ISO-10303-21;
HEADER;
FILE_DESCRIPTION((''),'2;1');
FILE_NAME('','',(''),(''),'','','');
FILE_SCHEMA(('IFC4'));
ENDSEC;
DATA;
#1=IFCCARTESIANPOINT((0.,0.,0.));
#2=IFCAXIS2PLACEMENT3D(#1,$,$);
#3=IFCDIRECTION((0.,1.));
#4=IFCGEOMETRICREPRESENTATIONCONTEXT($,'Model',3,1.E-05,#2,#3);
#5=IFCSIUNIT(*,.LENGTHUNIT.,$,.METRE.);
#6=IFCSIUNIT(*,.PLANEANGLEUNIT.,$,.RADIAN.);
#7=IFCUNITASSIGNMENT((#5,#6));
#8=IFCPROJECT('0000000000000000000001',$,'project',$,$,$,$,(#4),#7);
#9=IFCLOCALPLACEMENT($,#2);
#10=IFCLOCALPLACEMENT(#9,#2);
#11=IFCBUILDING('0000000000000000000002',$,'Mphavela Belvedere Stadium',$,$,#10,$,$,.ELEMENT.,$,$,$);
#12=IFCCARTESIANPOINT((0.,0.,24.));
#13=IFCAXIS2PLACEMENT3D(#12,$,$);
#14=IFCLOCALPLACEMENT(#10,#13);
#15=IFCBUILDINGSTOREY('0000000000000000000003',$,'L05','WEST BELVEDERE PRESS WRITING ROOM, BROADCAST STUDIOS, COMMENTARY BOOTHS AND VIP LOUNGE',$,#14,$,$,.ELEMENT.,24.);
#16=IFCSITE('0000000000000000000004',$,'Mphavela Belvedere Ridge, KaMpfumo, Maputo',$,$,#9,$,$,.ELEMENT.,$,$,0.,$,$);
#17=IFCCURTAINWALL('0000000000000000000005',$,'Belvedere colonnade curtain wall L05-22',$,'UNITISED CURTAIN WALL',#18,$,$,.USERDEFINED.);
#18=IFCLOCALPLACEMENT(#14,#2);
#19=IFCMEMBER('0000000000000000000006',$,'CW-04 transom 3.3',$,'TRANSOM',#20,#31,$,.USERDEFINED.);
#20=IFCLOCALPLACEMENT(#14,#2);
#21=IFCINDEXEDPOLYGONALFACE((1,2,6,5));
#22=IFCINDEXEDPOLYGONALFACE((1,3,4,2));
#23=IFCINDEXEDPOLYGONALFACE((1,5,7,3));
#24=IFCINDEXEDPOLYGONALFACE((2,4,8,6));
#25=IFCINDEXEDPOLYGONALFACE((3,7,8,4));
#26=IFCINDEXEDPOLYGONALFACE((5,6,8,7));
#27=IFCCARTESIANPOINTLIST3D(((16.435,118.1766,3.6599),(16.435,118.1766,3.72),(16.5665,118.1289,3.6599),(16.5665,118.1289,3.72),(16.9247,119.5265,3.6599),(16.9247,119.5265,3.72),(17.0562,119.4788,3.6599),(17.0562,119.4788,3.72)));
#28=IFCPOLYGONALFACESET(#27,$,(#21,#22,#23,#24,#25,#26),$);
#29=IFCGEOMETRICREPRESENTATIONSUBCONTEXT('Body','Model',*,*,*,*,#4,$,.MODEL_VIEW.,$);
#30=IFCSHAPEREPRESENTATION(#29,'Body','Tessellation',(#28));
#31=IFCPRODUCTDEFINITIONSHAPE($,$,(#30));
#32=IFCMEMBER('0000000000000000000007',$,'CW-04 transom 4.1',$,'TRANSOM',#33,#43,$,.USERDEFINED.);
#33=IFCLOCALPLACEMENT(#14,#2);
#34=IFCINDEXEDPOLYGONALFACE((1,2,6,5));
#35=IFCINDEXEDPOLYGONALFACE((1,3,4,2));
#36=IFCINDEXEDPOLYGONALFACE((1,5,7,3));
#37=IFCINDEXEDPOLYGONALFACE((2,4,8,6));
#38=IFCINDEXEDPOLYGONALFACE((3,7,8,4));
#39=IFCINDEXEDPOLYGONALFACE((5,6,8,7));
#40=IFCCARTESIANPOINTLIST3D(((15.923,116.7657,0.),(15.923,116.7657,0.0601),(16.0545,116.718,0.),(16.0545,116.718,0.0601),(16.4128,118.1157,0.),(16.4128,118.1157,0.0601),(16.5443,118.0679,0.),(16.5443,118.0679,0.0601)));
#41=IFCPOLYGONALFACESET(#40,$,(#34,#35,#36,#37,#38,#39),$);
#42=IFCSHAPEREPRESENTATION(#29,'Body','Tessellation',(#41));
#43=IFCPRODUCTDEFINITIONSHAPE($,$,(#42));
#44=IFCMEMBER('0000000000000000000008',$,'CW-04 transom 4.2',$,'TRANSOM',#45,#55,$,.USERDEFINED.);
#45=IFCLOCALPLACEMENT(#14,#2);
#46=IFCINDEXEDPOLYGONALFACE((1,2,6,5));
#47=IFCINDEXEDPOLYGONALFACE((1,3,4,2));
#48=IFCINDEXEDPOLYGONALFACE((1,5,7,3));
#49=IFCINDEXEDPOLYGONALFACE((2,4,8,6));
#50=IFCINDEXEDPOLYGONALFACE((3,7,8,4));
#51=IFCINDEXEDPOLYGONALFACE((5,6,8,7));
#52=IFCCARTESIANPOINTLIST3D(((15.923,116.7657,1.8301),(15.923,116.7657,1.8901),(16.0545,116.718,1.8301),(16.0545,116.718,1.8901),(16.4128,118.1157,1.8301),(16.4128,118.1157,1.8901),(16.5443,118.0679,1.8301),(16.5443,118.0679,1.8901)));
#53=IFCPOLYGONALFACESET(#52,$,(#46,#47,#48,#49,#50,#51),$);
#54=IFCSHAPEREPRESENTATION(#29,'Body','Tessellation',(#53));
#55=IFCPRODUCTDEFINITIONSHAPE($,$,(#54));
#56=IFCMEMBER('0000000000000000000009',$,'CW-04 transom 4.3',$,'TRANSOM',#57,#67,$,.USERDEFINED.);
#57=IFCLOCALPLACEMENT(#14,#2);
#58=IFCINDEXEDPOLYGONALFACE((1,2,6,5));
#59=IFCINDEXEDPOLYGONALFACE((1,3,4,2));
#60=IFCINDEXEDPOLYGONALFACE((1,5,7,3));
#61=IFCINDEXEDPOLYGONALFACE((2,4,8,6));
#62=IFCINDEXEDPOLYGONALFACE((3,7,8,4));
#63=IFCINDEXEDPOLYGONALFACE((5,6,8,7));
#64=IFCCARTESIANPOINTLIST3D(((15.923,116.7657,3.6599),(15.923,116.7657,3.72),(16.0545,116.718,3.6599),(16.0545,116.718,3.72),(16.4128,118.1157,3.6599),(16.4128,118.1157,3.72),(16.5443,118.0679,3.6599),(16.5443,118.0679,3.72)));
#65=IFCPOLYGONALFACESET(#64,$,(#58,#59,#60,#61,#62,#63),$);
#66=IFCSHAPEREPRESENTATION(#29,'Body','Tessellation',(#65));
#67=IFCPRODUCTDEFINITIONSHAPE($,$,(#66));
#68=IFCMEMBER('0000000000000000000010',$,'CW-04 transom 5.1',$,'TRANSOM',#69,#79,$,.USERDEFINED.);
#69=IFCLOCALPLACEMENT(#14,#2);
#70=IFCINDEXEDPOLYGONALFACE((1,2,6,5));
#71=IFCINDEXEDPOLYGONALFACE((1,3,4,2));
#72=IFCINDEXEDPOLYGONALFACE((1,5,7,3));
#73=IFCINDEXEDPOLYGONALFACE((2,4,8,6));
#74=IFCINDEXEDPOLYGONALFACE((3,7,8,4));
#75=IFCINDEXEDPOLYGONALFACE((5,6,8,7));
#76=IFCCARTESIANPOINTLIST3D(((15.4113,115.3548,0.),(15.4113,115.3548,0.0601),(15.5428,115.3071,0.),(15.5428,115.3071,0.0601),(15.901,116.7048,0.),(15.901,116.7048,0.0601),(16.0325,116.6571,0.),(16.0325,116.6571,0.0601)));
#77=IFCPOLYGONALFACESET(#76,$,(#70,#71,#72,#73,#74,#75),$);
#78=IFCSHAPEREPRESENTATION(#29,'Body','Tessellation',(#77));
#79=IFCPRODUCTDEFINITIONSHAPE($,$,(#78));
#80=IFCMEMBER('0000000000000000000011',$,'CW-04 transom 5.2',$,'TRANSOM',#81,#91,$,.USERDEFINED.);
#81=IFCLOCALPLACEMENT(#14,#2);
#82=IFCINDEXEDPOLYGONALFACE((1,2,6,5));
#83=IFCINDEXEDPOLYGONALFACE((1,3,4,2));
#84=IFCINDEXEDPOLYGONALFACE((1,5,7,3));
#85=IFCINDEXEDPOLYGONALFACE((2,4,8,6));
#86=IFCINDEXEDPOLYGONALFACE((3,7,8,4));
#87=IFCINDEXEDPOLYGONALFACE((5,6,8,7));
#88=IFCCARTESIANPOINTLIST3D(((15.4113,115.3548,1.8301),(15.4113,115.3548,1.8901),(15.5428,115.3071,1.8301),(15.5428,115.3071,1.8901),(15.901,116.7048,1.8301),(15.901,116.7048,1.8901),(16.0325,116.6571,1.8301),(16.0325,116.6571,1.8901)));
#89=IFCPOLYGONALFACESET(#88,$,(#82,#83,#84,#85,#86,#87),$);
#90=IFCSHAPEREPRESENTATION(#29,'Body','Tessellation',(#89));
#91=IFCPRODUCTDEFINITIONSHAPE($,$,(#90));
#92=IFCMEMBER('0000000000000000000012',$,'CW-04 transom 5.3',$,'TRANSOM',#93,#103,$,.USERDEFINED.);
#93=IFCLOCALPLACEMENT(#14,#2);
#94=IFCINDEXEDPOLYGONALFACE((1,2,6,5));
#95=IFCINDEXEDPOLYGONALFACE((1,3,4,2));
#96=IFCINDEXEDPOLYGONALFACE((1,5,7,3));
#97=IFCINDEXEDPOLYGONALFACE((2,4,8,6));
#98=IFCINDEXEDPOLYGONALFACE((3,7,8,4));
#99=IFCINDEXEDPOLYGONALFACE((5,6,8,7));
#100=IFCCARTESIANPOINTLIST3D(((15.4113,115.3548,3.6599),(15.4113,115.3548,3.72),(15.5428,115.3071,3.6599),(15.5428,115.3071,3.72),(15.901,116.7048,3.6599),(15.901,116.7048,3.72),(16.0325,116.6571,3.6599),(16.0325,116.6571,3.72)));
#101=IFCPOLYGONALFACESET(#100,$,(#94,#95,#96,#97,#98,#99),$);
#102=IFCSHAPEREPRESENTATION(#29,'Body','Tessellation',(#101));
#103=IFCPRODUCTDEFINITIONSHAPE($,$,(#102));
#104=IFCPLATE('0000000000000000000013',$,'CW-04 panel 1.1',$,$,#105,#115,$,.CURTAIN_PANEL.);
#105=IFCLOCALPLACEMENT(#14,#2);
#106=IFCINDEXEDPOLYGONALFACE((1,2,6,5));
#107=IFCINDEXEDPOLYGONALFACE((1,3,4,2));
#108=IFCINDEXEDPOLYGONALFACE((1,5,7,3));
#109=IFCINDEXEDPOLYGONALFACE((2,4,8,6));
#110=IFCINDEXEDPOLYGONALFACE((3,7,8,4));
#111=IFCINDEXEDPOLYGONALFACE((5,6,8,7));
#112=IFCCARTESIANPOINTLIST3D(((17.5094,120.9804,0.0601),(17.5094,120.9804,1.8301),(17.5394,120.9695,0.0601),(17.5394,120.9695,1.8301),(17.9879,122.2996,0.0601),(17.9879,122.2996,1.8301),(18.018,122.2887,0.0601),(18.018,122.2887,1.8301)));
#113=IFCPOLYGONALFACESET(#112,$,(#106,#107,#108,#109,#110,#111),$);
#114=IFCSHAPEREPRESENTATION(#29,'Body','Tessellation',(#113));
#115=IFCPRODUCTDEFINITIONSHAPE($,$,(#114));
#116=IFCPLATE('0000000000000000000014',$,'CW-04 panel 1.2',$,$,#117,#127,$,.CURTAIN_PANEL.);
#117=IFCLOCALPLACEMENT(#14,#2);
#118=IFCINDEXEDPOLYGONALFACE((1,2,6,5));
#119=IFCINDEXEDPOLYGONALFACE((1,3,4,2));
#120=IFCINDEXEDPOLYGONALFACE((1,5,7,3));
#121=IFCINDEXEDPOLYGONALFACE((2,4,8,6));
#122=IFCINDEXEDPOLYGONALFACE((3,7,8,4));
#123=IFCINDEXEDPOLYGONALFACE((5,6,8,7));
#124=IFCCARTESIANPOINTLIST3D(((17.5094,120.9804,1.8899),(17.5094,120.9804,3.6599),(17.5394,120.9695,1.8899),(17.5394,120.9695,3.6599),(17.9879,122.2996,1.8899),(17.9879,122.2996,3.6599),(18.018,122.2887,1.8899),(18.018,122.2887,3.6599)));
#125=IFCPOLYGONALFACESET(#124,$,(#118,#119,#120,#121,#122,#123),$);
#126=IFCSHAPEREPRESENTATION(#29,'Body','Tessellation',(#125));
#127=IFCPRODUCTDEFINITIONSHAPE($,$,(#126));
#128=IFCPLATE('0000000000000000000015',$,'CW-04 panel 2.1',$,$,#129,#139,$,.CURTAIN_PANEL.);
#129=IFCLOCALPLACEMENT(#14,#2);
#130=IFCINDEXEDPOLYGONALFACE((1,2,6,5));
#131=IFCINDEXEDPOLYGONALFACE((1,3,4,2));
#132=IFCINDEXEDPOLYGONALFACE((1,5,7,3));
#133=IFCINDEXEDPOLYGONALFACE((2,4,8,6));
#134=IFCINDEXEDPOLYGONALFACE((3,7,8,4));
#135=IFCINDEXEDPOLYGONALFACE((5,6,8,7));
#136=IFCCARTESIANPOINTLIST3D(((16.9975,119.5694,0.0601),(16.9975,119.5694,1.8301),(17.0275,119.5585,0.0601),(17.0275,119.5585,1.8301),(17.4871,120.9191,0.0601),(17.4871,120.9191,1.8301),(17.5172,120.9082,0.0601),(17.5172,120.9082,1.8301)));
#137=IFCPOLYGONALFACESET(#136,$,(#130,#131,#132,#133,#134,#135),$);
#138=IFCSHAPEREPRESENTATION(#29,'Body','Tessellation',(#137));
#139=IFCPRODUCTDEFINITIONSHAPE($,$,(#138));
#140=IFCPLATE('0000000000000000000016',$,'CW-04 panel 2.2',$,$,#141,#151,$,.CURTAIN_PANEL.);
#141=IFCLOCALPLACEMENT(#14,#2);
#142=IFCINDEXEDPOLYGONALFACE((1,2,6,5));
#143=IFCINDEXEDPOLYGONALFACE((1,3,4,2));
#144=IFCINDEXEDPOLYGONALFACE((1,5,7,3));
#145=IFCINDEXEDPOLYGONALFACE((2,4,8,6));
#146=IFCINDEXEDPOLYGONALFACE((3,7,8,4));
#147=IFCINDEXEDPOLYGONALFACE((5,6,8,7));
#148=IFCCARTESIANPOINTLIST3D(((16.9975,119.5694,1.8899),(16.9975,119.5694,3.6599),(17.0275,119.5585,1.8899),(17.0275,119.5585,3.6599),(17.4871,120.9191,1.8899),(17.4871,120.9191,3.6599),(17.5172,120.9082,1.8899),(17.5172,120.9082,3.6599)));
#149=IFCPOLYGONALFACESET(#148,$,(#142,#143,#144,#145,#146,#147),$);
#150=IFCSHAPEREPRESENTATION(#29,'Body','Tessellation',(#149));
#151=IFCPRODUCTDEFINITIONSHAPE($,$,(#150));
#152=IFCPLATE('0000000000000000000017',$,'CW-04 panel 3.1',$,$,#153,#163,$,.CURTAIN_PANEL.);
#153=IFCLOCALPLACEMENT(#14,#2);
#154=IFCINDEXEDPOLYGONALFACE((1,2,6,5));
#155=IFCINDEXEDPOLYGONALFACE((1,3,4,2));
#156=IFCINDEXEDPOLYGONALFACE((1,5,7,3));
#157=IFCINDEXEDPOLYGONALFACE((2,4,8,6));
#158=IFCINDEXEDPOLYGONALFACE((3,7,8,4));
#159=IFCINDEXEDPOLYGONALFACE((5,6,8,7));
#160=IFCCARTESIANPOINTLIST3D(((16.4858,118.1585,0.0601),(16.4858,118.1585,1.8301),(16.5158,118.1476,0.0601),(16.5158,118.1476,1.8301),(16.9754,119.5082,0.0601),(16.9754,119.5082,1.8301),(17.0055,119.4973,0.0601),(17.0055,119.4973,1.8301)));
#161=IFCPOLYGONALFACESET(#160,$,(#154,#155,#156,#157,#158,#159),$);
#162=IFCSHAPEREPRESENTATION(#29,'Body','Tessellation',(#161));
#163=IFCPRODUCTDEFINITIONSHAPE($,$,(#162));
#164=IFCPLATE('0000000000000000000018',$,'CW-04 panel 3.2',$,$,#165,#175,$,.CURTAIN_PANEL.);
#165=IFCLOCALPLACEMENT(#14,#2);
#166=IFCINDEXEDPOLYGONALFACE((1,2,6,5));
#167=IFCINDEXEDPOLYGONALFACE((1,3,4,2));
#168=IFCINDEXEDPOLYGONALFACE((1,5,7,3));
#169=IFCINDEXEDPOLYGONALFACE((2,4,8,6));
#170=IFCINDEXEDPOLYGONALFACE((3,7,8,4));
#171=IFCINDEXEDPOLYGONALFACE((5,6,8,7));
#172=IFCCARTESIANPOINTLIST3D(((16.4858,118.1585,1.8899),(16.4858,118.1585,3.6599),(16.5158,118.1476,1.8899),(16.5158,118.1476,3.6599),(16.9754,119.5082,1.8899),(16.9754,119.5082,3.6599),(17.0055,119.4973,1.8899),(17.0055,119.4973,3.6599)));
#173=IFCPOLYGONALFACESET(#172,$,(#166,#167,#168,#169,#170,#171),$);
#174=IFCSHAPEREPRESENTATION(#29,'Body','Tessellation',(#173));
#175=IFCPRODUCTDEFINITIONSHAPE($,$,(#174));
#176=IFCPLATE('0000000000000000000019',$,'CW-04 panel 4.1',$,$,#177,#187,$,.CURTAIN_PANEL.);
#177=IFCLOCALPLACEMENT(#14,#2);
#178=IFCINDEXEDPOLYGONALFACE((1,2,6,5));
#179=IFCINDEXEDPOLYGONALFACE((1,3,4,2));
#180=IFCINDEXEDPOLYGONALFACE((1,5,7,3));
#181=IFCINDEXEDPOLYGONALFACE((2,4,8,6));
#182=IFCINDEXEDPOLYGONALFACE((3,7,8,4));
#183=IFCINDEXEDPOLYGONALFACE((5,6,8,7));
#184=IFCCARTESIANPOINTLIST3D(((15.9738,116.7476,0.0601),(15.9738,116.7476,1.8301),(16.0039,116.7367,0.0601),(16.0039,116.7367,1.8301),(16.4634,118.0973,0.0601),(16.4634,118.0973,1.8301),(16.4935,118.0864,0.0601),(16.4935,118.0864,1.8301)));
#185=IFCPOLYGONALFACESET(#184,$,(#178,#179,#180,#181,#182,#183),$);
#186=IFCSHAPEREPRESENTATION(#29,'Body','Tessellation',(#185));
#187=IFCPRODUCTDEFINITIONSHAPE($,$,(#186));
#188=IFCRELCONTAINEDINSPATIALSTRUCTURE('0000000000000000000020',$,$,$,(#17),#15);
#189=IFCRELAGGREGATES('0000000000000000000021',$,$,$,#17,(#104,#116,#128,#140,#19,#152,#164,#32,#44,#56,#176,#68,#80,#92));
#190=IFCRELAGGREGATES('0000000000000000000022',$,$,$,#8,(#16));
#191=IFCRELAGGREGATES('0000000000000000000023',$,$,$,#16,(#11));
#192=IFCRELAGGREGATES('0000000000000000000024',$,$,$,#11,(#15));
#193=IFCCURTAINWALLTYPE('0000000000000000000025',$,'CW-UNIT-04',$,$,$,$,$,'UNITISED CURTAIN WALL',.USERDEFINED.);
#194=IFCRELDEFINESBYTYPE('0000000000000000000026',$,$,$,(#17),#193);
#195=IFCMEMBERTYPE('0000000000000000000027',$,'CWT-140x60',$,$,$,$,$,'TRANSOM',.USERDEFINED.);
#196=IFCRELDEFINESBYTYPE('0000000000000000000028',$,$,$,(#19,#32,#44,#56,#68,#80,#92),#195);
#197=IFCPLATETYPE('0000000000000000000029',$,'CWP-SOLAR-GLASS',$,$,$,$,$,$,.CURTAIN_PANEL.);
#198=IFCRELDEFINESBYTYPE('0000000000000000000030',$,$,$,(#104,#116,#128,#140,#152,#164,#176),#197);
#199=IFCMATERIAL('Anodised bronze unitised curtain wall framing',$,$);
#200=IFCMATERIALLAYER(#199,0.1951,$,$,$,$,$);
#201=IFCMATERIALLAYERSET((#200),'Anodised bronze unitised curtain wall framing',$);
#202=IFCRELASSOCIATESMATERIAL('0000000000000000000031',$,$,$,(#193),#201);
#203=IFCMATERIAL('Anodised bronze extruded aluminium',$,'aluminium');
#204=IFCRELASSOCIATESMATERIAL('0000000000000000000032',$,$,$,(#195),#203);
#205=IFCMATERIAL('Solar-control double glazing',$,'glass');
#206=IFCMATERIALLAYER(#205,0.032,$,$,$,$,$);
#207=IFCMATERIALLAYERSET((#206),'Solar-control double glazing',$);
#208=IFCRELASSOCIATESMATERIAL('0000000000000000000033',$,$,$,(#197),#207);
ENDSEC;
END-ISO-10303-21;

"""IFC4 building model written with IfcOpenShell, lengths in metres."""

from ifc_helpers import new_model, si_unit, direction, frame, origin, origin_2d, place, context, subcontext, project, spatial, rectangle, extrude, material, layer, layer_set, material_profile, profile_set, type_object, element, aggregate, save


model = new_model("IFC4")

# Units and contexts
model_context = context("Model", 3, precision=1e-05, world=origin(), true_north=direction((0.0, 1.0)))
body_context = subcontext(model_context, "Body", "Model", "MODEL_VIEW")
ifc_project = project(units=[si_unit("LENGTHUNIT", "METRE"), si_unit("PLANEANGLEUNIT", "RADIAN")], contexts=[model_context])

# Site, building, storey
site_placement = place(None, origin())
site = spatial("IfcSite", under=ifc_project, at=site_placement, Name="Mphavela Belvedere Ridge, KaMpfumo, Maputo", CompositionType="ELEMENT", RefElevation=0.0)
building_placement = place(site_placement, origin())
building = spatial("IfcBuilding", under=site, at=building_placement, Name="Mphavela Belvedere Stadium", CompositionType="ELEMENT")
storey_placement = place(building_placement, frame((0.0, 0.0, 24.0)))
storey = spatial("IfcBuildingStorey", under=building, at=storey_placement, Name="L05", Description="WEST BELVEDERE PRESS WRITING ROOM, BROADCAST STUDIOS, COMMENTARY BOOTHS AND VIP LOUNGE", CompositionType="ELEMENT", Elevation=24.0)

# Curtain wall, members, plates
ifc_material_1 = material(Name="Anodised bronze unitised curtain wall framing")
ifc_layer_1 = layer(ifc_material_1, 0.1951)
ifc_layer_set_1 = layer_set([ifc_layer_1], Name="Anodised bronze unitised curtain wall framing")
curtain_wall_type = type_object("IfcCurtainWallType", Name="CW-UNIT-04", ElementType="UNITISED CURTAIN WALL", PredefinedType="USERDEFINED", material=ifc_layer_set_1)
curtain_wall_placement = place(storey_placement, origin())
curtain_wall = element("IfcCurtainWall", 1, at=curtain_wall_placement, inside=storey, type_object=curtain_wall_type, Name="Belvedere colonnade curtain wall L05-22", ObjectType="UNITISED CURTAIN WALL", PredefinedType="USERDEFINED")
ifc_material_2 = material(Name="Anodised bronze extruded aluminium", Category="aluminium")
ifc_material_profile_1 = material_profile(ifc_material_2, rectangle(XDim=0.1399, YDim=0.0601, at=origin_2d()), Name="CW-TRN 140x60")
ifc_profile_set_1 = profile_set([ifc_material_profile_1], Name="Anodised bronze extruded aluminium")
member_type_1 = type_object("IfcMemberType", Name="CWT-140x60", ElementType="TRANSOM", PredefinedType="USERDEFINED", material=ifc_profile_set_1)
member_1_placement = place(storey_placement, frame((16.9905, 119.5027, 3.6899), z_axis=(-0.34106, -0.940041, 0.0), x_axis=(0.940041, -0.34106, 0.0)))
member_1 = element("IfcMember", 2, at=member_1_placement, type_object=member_type_1, Name="CW-04 transom 3.3", ObjectType="TRANSOM", PredefinedType="USERDEFINED", context=body_context, shape_type="SweptSolid", body=[
    extrude(rectangle(XDim=0.1399, YDim=0.0601, at=origin_2d()), origin(), (0.0, 0.0, 1.0), 1.436),
])
member_2_placement = place(storey_placement, frame((16.4785, 118.0918, 0.03), z_axis=(-0.34106, -0.940041, 0.0), x_axis=(0.940041, -0.34106, 0.0)))
member_2 = element("IfcMember", 3, at=member_2_placement, type_object=member_type_1, Name="CW-04 transom 4.1", ObjectType="TRANSOM", PredefinedType="USERDEFINED", context=body_context, shape_type="SweptSolid", body=[
    extrude(rectangle(XDim=0.1399, YDim=0.0601, at=origin_2d()), origin(), (0.0, 0.0, 1.0), 1.436),
])
member_3_placement = place(storey_placement, frame((16.4785, 118.0918, 1.8601), z_axis=(-0.34106, -0.940041, 0.0), x_axis=(0.940041, -0.34106, 0.0)))
member_3 = element("IfcMember", 4, at=member_3_placement, type_object=member_type_1, Name="CW-04 transom 4.2", ObjectType="TRANSOM", PredefinedType="USERDEFINED", context=body_context, shape_type="SweptSolid", body=[
    extrude(rectangle(XDim=0.1399, YDim=0.0601, at=origin_2d()), origin(), (0.0, 0.0, 1.0), 1.436),
])
member_4_placement = place(storey_placement, frame((16.4785, 118.0918, 3.6899), z_axis=(-0.34106, -0.940041, 0.0), x_axis=(0.940041, -0.34106, 0.0)))
member_4 = element("IfcMember", 5, at=member_4_placement, type_object=member_type_1, Name="CW-04 transom 4.3", ObjectType="TRANSOM", PredefinedType="USERDEFINED", context=body_context, shape_type="SweptSolid", body=[
    extrude(rectangle(XDim=0.1399, YDim=0.0601, at=origin_2d()), origin(), (0.0, 0.0, 1.0), 1.436),
])
member_5_placement = place(storey_placement, frame((15.9668, 116.6809, 0.03), z_axis=(-0.34106, -0.940041, 0.0), x_axis=(0.940041, -0.34106, 0.0)))
member_5 = element("IfcMember", 6, at=member_5_placement, type_object=member_type_1, Name="CW-04 transom 5.1", ObjectType="TRANSOM", PredefinedType="USERDEFINED", context=body_context, shape_type="SweptSolid", body=[
    extrude(rectangle(XDim=0.1399, YDim=0.0601, at=origin_2d()), origin(), (0.0, 0.0, 1.0), 1.436),
])
member_6_placement = place(storey_placement, frame((15.9668, 116.6809, 1.8601), z_axis=(-0.34106, -0.940041, 0.0), x_axis=(0.940041, -0.34106, 0.0)))
member_6 = element("IfcMember", 7, at=member_6_placement, type_object=member_type_1, Name="CW-04 transom 5.2", ObjectType="TRANSOM", PredefinedType="USERDEFINED", context=body_context, shape_type="SweptSolid", body=[
    extrude(rectangle(XDim=0.1399, YDim=0.0601, at=origin_2d()), origin(), (0.0, 0.0, 1.0), 1.436),
])
member_7_placement = place(storey_placement, frame((15.9668, 116.6809, 3.6899), z_axis=(-0.34106, -0.940041, 0.0), x_axis=(0.940041, -0.34106, 0.0)))
member_7 = element("IfcMember", 8, at=member_7_placement, type_object=member_type_1, Name="CW-04 transom 5.3", ObjectType="TRANSOM", PredefinedType="USERDEFINED", context=body_context, shape_type="SweptSolid", body=[
    extrude(rectangle(XDim=0.1399, YDim=0.0601, at=origin_2d()), origin(), (0.0, 0.0, 1.0), 1.436),
])
ifc_material_3 = material(Name="Solar-control double glazing", Category="glass")
ifc_layer_2 = layer(ifc_material_3, 0.032)
ifc_layer_set_2 = layer_set([ifc_layer_2], Name="Solar-control double glazing")
plate_type = type_object("IfcPlateType", Name="CWP-SOLAR-GLASS", PredefinedType="CURTAIN_PANEL", material=ifc_layer_set_2)
plate_1_placement = place(storey_placement, frame((17.7637, 121.6345, 0.0601), z_axis=(0.0, 0.0, 1.0), x_axis=(-0.341027, -0.940053, 0.0)))
plate_1 = element("IfcPlate", 9, at=plate_1_placement, type_object=plate_type, Name="CW-04 panel 1.1", PredefinedType="CURTAIN_PANEL", context=body_context, shape_type="SweptSolid", body=[
    extrude(rectangle(XDim=1.4033, YDim=0.032, at=origin_2d()), origin(), (0.0, 0.0, 1.0), 1.77),
])
plate_2_placement = place(storey_placement, frame((17.7637, 121.6345, 1.8899), z_axis=(0.0, 0.0, 1.0), x_axis=(-0.341027, -0.940053, 0.0)))
plate_2 = element("IfcPlate", 10, at=plate_2_placement, type_object=plate_type, Name="CW-04 panel 1.2", PredefinedType="CURTAIN_PANEL", context=body_context, shape_type="SweptSolid", body=[
    extrude(rectangle(XDim=1.4033, YDim=0.032, at=origin_2d()), origin(), (0.0, 0.0, 1.0), 1.77),
])
plate_3_placement = place(storey_placement, frame((17.2573, 120.2388, 0.0601), z_axis=(0.0, 0.0, 1.0), x_axis=(-0.341027, -0.940053, 0.0)))
plate_3 = element("IfcPlate", 11, at=plate_3_placement, type_object=plate_type, Name="CW-04 panel 2.1", PredefinedType="CURTAIN_PANEL", context=body_context, shape_type="SweptSolid", body=[
    extrude(rectangle(XDim=1.4358, YDim=0.032, at=origin_2d()), origin(), (0.0, 0.0, 1.0), 1.77),
])
plate_4_placement = place(storey_placement, frame((17.2573, 120.2388, 1.8899), z_axis=(0.0, 0.0, 1.0), x_axis=(-0.341027, -0.940053, 0.0)))
plate_4 = element("IfcPlate", 12, at=plate_4_placement, type_object=plate_type, Name="CW-04 panel 2.2", PredefinedType="CURTAIN_PANEL", context=body_context, shape_type="SweptSolid", body=[
    extrude(rectangle(XDim=1.4358, YDim=0.032, at=origin_2d()), origin(), (0.0, 0.0, 1.0), 1.77),
])
plate_5_placement = place(storey_placement, frame((16.7456, 118.8279, 0.0601), z_axis=(0.0, 0.0, 1.0), x_axis=(-0.341027, -0.940053, 0.0)))
plate_5 = element("IfcPlate", 13, at=plate_5_placement, type_object=plate_type, Name="CW-04 panel 3.1", PredefinedType="CURTAIN_PANEL", context=body_context, shape_type="SweptSolid", body=[
    extrude(rectangle(XDim=1.4358, YDim=0.032, at=origin_2d()), origin(), (0.0, 0.0, 1.0), 1.77),
])
plate_6_placement = place(storey_placement, frame((16.7456, 118.8279, 1.8899), z_axis=(0.0, 0.0, 1.0), x_axis=(-0.341027, -0.940053, 0.0)))
plate_6 = element("IfcPlate", 14, at=plate_6_placement, type_object=plate_type, Name="CW-04 panel 3.2", PredefinedType="CURTAIN_PANEL", context=body_context, shape_type="SweptSolid", body=[
    extrude(rectangle(XDim=1.4358, YDim=0.032, at=origin_2d()), origin(), (0.0, 0.0, 1.0), 1.77),
])
plate_7_placement = place(storey_placement, frame((16.2336, 117.417, 0.0601), z_axis=(0.0, 0.0, 1.0), x_axis=(-0.341027, -0.940053, 0.0)))
plate_7 = element("IfcPlate", 15, at=plate_7_placement, type_object=plate_type, Name="CW-04 panel 4.1", PredefinedType="CURTAIN_PANEL", context=body_context, shape_type="SweptSolid", body=[
    extrude(rectangle(XDim=1.4358, YDim=0.032, at=origin_2d()), origin(), (0.0, 0.0, 1.0), 1.77),
])
aggregate(curtain_wall, [plate_1, plate_2, plate_3, plate_4, member_1, plate_5, plate_6, member_2, member_3, member_4, plate_7, member_5, member_6, member_7])

save(model, "model.ifc")
